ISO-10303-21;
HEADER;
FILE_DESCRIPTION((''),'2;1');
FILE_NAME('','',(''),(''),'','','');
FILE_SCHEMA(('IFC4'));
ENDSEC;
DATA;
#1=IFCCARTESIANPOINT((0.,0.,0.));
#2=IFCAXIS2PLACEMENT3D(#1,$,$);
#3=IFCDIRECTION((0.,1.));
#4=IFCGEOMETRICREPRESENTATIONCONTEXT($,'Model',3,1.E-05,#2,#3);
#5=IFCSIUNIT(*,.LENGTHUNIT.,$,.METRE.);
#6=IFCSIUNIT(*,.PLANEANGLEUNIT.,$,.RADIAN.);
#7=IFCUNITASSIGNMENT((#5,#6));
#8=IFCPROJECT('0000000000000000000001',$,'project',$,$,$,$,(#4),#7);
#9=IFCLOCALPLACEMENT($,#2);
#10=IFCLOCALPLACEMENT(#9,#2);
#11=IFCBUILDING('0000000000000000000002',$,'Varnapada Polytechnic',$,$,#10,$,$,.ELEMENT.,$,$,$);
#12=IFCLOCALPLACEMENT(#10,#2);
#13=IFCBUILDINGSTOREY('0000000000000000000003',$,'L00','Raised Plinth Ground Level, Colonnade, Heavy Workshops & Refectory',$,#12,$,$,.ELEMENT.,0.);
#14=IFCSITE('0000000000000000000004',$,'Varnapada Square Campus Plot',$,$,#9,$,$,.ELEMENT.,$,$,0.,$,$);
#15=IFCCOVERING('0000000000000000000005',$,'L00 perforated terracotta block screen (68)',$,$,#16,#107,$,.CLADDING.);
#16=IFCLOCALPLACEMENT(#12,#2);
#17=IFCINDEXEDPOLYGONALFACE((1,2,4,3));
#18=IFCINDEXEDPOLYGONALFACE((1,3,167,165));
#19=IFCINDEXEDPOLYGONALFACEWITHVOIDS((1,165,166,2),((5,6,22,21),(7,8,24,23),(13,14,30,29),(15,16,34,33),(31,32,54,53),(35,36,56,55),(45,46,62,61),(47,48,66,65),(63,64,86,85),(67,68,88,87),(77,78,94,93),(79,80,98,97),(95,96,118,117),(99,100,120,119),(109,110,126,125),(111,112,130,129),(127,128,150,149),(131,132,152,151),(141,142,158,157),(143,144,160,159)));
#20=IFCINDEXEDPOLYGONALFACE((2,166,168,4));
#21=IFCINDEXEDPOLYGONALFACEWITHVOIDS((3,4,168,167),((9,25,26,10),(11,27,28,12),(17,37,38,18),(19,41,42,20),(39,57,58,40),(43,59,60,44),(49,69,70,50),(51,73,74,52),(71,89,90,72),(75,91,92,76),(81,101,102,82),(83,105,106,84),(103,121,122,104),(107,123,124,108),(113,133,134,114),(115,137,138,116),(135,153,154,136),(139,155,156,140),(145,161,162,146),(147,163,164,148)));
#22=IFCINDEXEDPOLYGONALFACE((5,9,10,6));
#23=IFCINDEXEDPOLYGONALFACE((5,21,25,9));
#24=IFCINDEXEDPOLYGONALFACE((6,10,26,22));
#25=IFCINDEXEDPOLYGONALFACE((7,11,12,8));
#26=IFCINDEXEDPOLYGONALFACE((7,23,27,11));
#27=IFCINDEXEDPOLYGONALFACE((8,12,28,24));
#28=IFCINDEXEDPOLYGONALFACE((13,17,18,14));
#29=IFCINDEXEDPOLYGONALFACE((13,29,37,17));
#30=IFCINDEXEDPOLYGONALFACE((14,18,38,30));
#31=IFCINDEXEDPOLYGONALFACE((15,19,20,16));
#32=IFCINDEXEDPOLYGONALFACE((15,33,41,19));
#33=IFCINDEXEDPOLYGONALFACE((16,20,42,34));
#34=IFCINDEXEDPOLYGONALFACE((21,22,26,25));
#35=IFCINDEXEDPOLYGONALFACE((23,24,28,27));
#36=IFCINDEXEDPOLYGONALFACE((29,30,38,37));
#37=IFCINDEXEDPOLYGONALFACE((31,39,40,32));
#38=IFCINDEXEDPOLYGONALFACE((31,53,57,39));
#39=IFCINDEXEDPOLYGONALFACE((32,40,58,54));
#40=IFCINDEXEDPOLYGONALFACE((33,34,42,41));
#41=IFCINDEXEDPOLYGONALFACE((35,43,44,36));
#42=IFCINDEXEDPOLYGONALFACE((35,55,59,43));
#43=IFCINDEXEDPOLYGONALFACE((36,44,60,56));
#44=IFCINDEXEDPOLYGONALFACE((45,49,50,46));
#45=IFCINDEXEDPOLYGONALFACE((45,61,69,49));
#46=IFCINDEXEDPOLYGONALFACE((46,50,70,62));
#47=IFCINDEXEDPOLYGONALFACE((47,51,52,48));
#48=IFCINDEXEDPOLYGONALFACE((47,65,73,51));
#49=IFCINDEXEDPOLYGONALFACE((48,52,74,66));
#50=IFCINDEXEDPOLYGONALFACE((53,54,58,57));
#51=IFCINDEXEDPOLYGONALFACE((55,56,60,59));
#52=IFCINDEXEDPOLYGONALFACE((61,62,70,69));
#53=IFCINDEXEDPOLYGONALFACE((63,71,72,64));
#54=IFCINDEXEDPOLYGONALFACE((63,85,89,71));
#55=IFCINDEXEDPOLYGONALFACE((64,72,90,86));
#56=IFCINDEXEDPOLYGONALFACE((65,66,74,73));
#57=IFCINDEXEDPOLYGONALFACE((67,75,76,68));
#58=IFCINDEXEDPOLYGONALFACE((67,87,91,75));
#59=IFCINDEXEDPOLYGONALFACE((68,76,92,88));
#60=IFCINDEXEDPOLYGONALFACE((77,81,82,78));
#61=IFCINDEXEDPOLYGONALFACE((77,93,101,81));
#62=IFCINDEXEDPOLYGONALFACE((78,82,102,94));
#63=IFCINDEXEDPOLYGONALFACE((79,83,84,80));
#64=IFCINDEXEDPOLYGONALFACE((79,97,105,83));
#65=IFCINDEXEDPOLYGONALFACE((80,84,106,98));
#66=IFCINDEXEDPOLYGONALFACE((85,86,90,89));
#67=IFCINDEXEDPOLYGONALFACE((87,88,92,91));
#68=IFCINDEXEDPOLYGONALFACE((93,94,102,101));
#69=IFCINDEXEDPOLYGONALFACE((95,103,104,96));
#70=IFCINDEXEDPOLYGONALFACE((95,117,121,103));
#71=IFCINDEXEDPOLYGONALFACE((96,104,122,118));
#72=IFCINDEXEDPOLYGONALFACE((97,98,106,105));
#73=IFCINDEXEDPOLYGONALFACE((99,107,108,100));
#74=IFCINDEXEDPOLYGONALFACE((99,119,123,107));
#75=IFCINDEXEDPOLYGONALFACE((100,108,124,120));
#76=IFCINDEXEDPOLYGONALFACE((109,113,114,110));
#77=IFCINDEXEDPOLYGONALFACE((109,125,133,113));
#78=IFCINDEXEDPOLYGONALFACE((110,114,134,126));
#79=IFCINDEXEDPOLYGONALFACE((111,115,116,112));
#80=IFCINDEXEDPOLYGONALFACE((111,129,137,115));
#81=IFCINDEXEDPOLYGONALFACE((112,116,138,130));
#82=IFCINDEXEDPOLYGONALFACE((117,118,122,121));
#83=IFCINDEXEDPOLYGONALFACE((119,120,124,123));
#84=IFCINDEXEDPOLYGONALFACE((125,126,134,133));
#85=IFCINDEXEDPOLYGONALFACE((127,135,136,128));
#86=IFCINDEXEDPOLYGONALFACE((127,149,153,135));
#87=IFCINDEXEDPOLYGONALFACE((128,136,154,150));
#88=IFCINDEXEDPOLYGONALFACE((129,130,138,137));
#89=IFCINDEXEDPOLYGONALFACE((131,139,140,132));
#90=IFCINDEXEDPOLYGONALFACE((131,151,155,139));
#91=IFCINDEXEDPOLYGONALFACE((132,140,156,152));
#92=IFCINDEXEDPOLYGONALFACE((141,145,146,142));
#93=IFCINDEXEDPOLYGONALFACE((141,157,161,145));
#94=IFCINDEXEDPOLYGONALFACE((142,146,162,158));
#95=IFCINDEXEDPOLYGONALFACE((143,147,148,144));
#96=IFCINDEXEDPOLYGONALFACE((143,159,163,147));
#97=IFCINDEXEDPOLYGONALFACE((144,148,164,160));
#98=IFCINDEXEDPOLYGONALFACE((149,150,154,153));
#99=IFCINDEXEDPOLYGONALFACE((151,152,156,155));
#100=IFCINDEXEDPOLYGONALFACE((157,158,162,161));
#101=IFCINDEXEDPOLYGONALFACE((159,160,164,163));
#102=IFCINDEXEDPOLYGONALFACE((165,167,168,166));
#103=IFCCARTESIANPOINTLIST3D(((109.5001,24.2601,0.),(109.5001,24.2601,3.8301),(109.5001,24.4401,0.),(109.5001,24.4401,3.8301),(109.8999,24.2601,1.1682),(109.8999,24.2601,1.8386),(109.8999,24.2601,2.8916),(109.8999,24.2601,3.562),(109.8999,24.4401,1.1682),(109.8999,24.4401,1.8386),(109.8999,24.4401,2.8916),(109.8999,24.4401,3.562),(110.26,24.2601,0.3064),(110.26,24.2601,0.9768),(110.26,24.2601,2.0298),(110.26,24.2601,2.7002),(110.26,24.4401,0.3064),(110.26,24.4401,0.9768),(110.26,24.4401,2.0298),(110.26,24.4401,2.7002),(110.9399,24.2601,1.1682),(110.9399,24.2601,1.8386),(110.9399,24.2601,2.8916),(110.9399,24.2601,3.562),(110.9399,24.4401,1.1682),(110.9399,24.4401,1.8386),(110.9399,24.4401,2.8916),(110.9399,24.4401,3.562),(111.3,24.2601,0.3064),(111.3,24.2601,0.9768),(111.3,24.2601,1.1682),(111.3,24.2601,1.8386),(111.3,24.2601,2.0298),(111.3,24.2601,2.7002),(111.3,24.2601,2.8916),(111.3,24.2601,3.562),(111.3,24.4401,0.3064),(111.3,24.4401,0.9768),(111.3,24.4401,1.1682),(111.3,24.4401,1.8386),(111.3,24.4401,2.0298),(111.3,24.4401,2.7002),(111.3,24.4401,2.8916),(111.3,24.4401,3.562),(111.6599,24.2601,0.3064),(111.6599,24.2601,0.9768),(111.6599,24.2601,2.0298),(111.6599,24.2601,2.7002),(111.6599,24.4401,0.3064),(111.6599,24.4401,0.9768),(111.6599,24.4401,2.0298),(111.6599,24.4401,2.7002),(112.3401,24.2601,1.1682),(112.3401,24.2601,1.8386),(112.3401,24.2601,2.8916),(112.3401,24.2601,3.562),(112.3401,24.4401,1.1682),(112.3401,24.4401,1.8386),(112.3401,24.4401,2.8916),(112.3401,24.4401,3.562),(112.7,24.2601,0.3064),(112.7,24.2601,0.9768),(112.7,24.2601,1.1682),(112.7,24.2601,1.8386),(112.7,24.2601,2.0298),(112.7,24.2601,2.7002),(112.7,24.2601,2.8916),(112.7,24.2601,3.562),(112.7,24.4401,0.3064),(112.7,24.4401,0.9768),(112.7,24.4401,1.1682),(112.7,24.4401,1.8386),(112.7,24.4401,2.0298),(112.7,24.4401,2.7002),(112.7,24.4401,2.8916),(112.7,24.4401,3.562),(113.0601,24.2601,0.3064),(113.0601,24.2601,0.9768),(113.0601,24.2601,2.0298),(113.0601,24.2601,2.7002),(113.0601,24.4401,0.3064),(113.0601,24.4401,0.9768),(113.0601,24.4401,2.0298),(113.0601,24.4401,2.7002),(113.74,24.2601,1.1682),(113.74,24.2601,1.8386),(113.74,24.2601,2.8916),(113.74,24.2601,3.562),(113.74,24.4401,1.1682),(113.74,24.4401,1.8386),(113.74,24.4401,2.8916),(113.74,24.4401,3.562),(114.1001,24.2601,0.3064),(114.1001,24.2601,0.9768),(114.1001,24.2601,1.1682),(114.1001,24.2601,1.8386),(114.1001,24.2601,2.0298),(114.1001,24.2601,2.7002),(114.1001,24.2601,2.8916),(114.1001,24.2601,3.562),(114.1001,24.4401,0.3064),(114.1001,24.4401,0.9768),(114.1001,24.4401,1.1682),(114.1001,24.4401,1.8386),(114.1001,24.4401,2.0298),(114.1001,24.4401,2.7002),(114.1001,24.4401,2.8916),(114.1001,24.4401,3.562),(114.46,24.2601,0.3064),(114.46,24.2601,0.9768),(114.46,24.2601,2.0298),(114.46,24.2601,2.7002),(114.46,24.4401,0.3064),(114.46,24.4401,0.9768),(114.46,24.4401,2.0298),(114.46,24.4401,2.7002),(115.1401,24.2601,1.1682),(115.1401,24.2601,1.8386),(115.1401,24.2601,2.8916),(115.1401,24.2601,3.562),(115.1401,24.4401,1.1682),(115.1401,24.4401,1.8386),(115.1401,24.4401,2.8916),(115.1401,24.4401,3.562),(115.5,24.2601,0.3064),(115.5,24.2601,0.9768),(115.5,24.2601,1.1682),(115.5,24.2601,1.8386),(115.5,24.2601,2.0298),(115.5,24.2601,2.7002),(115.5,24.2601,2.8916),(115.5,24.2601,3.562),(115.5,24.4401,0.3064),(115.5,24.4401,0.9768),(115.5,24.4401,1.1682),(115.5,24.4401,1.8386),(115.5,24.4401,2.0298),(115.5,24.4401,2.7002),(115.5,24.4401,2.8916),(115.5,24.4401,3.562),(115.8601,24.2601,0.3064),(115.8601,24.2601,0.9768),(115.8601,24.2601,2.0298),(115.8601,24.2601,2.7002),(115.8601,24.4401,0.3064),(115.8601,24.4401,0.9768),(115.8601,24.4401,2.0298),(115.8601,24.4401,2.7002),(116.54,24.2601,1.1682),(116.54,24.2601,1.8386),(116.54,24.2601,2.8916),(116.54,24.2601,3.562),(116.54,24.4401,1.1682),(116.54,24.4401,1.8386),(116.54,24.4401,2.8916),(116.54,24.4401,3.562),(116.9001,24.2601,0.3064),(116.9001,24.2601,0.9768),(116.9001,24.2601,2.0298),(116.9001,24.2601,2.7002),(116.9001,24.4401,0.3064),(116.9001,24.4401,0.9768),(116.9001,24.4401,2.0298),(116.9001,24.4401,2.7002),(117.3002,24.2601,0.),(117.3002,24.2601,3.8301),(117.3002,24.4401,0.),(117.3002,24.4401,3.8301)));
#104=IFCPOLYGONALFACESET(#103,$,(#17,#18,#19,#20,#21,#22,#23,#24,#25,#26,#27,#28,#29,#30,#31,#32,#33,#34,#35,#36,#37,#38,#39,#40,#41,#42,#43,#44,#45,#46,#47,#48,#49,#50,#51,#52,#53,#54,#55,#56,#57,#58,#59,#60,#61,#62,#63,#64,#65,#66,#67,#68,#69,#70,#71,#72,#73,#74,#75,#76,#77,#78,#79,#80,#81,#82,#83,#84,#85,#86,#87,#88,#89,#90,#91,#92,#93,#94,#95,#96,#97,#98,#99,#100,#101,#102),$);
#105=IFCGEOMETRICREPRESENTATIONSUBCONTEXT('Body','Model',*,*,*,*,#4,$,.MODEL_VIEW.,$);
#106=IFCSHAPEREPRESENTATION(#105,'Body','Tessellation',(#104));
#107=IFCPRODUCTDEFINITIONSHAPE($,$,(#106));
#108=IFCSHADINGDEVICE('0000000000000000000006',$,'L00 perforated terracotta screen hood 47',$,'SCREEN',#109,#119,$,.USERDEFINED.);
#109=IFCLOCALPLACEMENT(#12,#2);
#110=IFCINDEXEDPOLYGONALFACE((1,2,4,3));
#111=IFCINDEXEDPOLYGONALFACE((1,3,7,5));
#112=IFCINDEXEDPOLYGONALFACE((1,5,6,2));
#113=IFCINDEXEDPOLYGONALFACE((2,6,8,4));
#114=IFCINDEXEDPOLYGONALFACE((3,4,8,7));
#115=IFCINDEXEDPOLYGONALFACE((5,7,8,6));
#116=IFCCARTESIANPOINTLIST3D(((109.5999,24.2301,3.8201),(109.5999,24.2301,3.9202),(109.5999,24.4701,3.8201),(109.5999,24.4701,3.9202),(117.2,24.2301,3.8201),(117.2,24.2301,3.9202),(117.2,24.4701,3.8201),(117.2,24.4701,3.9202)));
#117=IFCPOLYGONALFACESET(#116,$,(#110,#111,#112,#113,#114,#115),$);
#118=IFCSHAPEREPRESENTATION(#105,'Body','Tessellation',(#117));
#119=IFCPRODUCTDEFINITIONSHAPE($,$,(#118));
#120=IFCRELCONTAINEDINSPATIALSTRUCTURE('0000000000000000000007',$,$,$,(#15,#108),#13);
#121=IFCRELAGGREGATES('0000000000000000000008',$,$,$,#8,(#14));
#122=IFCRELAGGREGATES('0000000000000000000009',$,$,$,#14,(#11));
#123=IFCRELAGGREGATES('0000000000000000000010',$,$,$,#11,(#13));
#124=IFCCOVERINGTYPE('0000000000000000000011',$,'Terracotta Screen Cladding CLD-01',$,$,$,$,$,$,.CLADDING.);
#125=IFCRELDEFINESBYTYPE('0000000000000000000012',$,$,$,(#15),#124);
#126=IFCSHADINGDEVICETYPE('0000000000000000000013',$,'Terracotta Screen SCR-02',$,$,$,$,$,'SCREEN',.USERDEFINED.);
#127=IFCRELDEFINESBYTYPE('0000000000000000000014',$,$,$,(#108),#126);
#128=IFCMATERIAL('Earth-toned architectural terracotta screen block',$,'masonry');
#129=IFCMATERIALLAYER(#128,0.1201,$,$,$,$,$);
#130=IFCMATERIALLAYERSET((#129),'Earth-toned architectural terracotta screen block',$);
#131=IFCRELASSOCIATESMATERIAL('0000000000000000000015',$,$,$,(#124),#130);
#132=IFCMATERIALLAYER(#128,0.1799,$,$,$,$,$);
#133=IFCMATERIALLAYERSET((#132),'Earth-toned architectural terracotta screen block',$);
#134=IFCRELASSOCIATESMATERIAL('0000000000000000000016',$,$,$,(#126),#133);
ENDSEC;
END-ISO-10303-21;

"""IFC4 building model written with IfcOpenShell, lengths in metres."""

from ifc_helpers import new_model, si_unit, direction, frame, frame_2d, origin, origin_2d, place, context, subcontext, project, spatial, rectangle, extrude, material, layer, layer_set, type_object, element, save


model = new_model("IFC4")

# Units and contexts
model_context = context("Model", 3, precision=1e-05, world=origin(), true_north=direction((0.0, 1.0)))
body_context = subcontext(model_context, "Body", "Model", "MODEL_VIEW")
ifc_project = project(units=[si_unit("LENGTHUNIT", "METRE"), si_unit("PLANEANGLEUNIT", "RADIAN")], contexts=[model_context])

# Site, building, storey
site_placement = place(None, origin())
site = spatial("IfcSite", under=ifc_project, at=site_placement, Name="Varnapada Square Campus Plot", CompositionType="ELEMENT", RefElevation=0.0)
building_placement = place(site_placement, origin())
building = spatial("IfcBuilding", under=site, at=building_placement, Name="Varnapada Polytechnic", CompositionType="ELEMENT")
storey_placement = place(building_placement, origin())
storey = spatial("IfcBuildingStorey", under=building, at=storey_placement, Name="L00", Description="Raised Plinth Ground Level, Colonnade, Heavy Workshops & Refectory", CompositionType="ELEMENT", Elevation=0.0)

# Covering, openings
ifc_material_1 = material(Name="Earth-toned architectural terracotta screen block", Category="masonry")
ifc_layer_1 = layer(ifc_material_1, 0.1201)
ifc_layer_set_1 = layer_set([ifc_layer_1], Name="Earth-toned architectural terracotta screen block")
covering_type = type_object("IfcCoveringType", Name="Terracotta Screen Cladding CLD-01", PredefinedType="CLADDING", material=ifc_layer_set_1)
covering_placement = place(storey_placement, frame((117.3, 24.3501, 0.0), z_axis=(0.0, 0.0, 1.0), x_axis=(-1.0, 0.0, 0.0)))
covering = element("IfcCovering", 1, at=covering_placement, inside=storey, type_object=covering_type, Name="L00 perforated terracotta block screen (68)", PredefinedType="CLADDING", context=body_context, shape_type="SweptSolid", body=[
    extrude(rectangle(XDim=7.8, YDim=0.1799, at=frame_2d((3.8999, 0.0))), origin(), (0.0, 0.0, 1.0), 3.8301),
])
opening_1_placement = place(covering_placement, frame((0.3999, 0.0, 0.3064)))
element("IfcOpeningElement", 2, at=opening_1_placement, cuts=covering, PredefinedType="OPENING", context=body_context, shape_type="SweptSolid", body=[
    extrude(rectangle(XDim=1.04, YDim=0.6704, at=frame_2d((0.52, 0.3352))), frame((0.0, 0.0999, 0.0), z_axis=(0.0, -1.0, 0.0), x_axis=(1.0, 0.0, 0.0)), (0.0, 0.0, 1.0), 0.2),
])
opening_2_placement = place(covering_placement, frame((1.8, 0.0, 0.3064)))
element("IfcOpeningElement", 3, at=opening_2_placement, cuts=covering, PredefinedType="OPENING", context=body_context, shape_type="SweptSolid", body=[
    extrude(rectangle(XDim=1.04, YDim=0.6704, at=frame_2d((0.52, 0.3352))), frame((0.0, 0.0999, 0.0), z_axis=(0.0, -1.0, 0.0), x_axis=(1.0, 0.0, 0.0)), (0.0, 0.0, 1.0), 0.2),
])
opening_3_placement = place(covering_placement, frame((3.2, 0.0, 0.3064)))
element("IfcOpeningElement", 4, at=opening_3_placement, cuts=covering, PredefinedType="OPENING", context=body_context, shape_type="SweptSolid", body=[
    extrude(rectangle(XDim=1.04, YDim=0.6704, at=frame_2d((0.52, 0.3352))), frame((0.0, 0.0999, 0.0), z_axis=(0.0, -1.0, 0.0), x_axis=(1.0, 0.0, 0.0)), (0.0, 0.0, 1.0), 0.2),
])
opening_4_placement = place(covering_placement, frame((4.6001, 0.0, 0.3064)))
element("IfcOpeningElement", 5, at=opening_4_placement, cuts=covering, PredefinedType="OPENING", context=body_context, shape_type="SweptSolid", body=[
    extrude(rectangle(XDim=1.04, YDim=0.6704, at=frame_2d((0.52, 0.3352))), frame((0.0, 0.0999, 0.0), z_axis=(0.0, -1.0, 0.0), x_axis=(1.0, 0.0, 0.0)), (0.0, 0.0, 1.0), 0.2),
])
opening_5_placement = place(covering_placement, frame((6.0, 0.0, 0.3064)))
element("IfcOpeningElement", 6, at=opening_5_placement, cuts=covering, PredefinedType="OPENING", context=body_context, shape_type="SweptSolid", body=[
    extrude(rectangle(XDim=1.04, YDim=0.6704, at=frame_2d((0.52, 0.3352))), frame((0.0, 0.0999, 0.0), z_axis=(0.0, -1.0, 0.0), x_axis=(1.0, 0.0, 0.0)), (0.0, 0.0, 1.0), 0.2),
])
opening_6_placement = place(covering_placement, frame((0.76, 0.0, 1.1682)))
element("IfcOpeningElement", 7, at=opening_6_placement, cuts=covering, PredefinedType="OPENING", context=body_context, shape_type="SweptSolid", body=[
    extrude(rectangle(XDim=1.04, YDim=0.6704, at=frame_2d((0.52, 0.3352))), frame((0.0, 0.0999, 0.0), z_axis=(0.0, -1.0, 0.0), x_axis=(1.0, 0.0, 0.0)), (0.0, 0.0, 1.0), 0.2),
])
opening_7_placement = place(covering_placement, frame((2.1599, 0.0, 1.1682)))
element("IfcOpeningElement", 8, at=opening_7_placement, cuts=covering, PredefinedType="OPENING", context=body_context, shape_type="SweptSolid", body=[
    extrude(rectangle(XDim=1.04, YDim=0.6704, at=frame_2d((0.52, 0.3352))), frame((0.0, 0.0999, 0.0), z_axis=(0.0, -1.0, 0.0), x_axis=(1.0, 0.0, 0.0)), (0.0, 0.0, 1.0), 0.2),
])
opening_8_placement = place(covering_placement, frame((3.5601, 0.0, 1.1682)))
element("IfcOpeningElement", 9, at=opening_8_placement, cuts=covering, PredefinedType="OPENING", context=body_context, shape_type="SweptSolid", body=[
    extrude(rectangle(XDim=1.04, YDim=0.6704, at=frame_2d((0.52, 0.3352))), frame((0.0, 0.0999, 0.0), z_axis=(0.0, -1.0, 0.0), x_axis=(1.0, 0.0, 0.0)), (0.0, 0.0, 1.0), 0.2),
])
opening_9_placement = place(covering_placement, frame((4.96, 0.0, 1.1682)))
element("IfcOpeningElement", 10, at=opening_9_placement, cuts=covering, PredefinedType="OPENING", context=body_context, shape_type="SweptSolid", body=[
    extrude(rectangle(XDim=1.04, YDim=0.6704, at=frame_2d((0.52, 0.3352))), frame((0.0, 0.0999, 0.0), z_axis=(0.0, -1.0, 0.0), x_axis=(1.0, 0.0, 0.0)), (0.0, 0.0, 1.0), 0.2),
])
opening_10_placement = place(covering_placement, frame((6.3601, 0.0, 1.1682)))
element("IfcOpeningElement", 11, at=opening_10_placement, cuts=covering, PredefinedType="OPENING", context=body_context, shape_type="SweptSolid", body=[
    extrude(rectangle(XDim=1.04, YDim=0.6704, at=frame_2d((0.52, 0.3352))), frame((0.0, 0.0999, 0.0), z_axis=(0.0, -1.0, 0.0), x_axis=(1.0, 0.0, 0.0)), (0.0, 0.0, 1.0), 0.2),
])
opening_11_placement = place(covering_placement, frame((0.3999, 0.0, 2.0298)))
element("IfcOpeningElement", 12, at=opening_11_placement, cuts=covering, PredefinedType="OPENING", context=body_context, shape_type="SweptSolid", body=[
    extrude(rectangle(XDim=1.04, YDim=0.6704, at=frame_2d((0.52, 0.3352))), frame((0.0, 0.0999, 0.0), z_axis=(0.0, -1.0, 0.0), x_axis=(1.0, 0.0, 0.0)), (0.0, 0.0, 1.0), 0.2),
])
opening_12_placement = place(covering_placement, frame((1.8, 0.0, 2.0298)))
element("IfcOpeningElement", 13, at=opening_12_placement, cuts=covering, PredefinedType="OPENING", context=body_context, shape_type="SweptSolid", body=[
    extrude(rectangle(XDim=1.04, YDim=0.6704, at=frame_2d((0.52, 0.3352))), frame((0.0, 0.0999, 0.0), z_axis=(0.0, -1.0, 0.0), x_axis=(1.0, 0.0, 0.0)), (0.0, 0.0, 1.0), 0.2),
])
opening_13_placement = place(covering_placement, frame((3.2, 0.0, 2.0298)))
element("IfcOpeningElement", 14, at=opening_13_placement, cuts=covering, PredefinedType="OPENING", context=body_context, shape_type="SweptSolid", body=[
    extrude(rectangle(XDim=1.04, YDim=0.6704, at=frame_2d((0.52, 0.3352))), frame((0.0, 0.0999, 0.0), z_axis=(0.0, -1.0, 0.0), x_axis=(1.0, 0.0, 0.0)), (0.0, 0.0, 1.0), 0.2),
])
opening_14_placement = place(covering_placement, frame((4.6001, 0.0, 2.0298)))
element("IfcOpeningElement", 15, at=opening_14_placement, cuts=covering, PredefinedType="OPENING", context=body_context, shape_type="SweptSolid", body=[
    extrude(rectangle(XDim=1.04, YDim=0.6704, at=frame_2d((0.52, 0.3352))), frame((0.0, 0.0999, 0.0), z_axis=(0.0, -1.0, 0.0), x_axis=(1.0, 0.0, 0.0)), (0.0, 0.0, 1.0), 0.2),
])
opening_15_placement = place(covering_placement, frame((6.0, 0.0, 2.0298)))
element("IfcOpeningElement", 16, at=opening_15_placement, cuts=covering, PredefinedType="OPENING", context=body_context, shape_type="SweptSolid", body=[
    extrude(rectangle(XDim=1.04, YDim=0.6704, at=frame_2d((0.52, 0.3352))), frame((0.0, 0.0999, 0.0), z_axis=(0.0, -1.0, 0.0), x_axis=(1.0, 0.0, 0.0)), (0.0, 0.0, 1.0), 0.2),
])
opening_16_placement = place(covering_placement, frame((0.76, 0.0, 2.8916)))
element("IfcOpeningElement", 17, at=opening_16_placement, cuts=covering, PredefinedType="OPENING", context=body_context, shape_type="SweptSolid", body=[
    extrude(rectangle(XDim=1.04, YDim=0.6704, at=frame_2d((0.52, 0.3352))), frame((0.0, 0.0999, 0.0), z_axis=(0.0, -1.0, 0.0), x_axis=(1.0, 0.0, 0.0)), (0.0, 0.0, 1.0), 0.2),
])
opening_17_placement = place(covering_placement, frame((2.1599, 0.0, 2.8916)))
element("IfcOpeningElement", 18, at=opening_17_placement, cuts=covering, PredefinedType="OPENING", context=body_context, shape_type="SweptSolid", body=[
    extrude(rectangle(XDim=1.04, YDim=0.6704, at=frame_2d((0.52, 0.3352))), frame((0.0, 0.0999, 0.0), z_axis=(0.0, -1.0, 0.0), x_axis=(1.0, 0.0, 0.0)), (0.0, 0.0, 1.0), 0.2),
])
opening_18_placement = place(covering_placement, frame((3.5601, 0.0, 2.8916)))
element("IfcOpeningElement", 19, at=opening_18_placement, cuts=covering, PredefinedType="OPENING", context=body_context, shape_type="SweptSolid", body=[
    extrude(rectangle(XDim=1.04, YDim=0.6704, at=frame_2d((0.52, 0.3352))), frame((0.0, 0.0999, 0.0), z_axis=(0.0, -1.0, 0.0), x_axis=(1.0, 0.0, 0.0)), (0.0, 0.0, 1.0), 0.2),
])
opening_19_placement = place(covering_placement, frame((4.96, 0.0, 2.8916)))
element("IfcOpeningElement", 20, at=opening_19_placement, cuts=covering, PredefinedType="OPENING", context=body_context, shape_type="SweptSolid", body=[
    extrude(rectangle(XDim=1.04, YDim=0.6704, at=frame_2d((0.52, 0.3352))), frame((0.0, 0.0999, 0.0), z_axis=(0.0, -1.0, 0.0), x_axis=(1.0, 0.0, 0.0)), (0.0, 0.0, 1.0), 0.2),
])
opening_20_placement = place(covering_placement, frame((6.3601, 0.0, 2.8916)))
element("IfcOpeningElement", 21, at=opening_20_placement, cuts=covering, PredefinedType="OPENING", context=body_context, shape_type="SweptSolid", body=[
    extrude(rectangle(XDim=1.04, YDim=0.6704, at=frame_2d((0.52, 0.3352))), frame((0.0, 0.0999, 0.0), z_axis=(0.0, -1.0, 0.0), x_axis=(1.0, 0.0, 0.0)), (0.0, 0.0, 1.0), 0.2),
])

# Shading device
ifc_layer_2 = layer(ifc_material_1, 0.1799)
ifc_layer_set_2 = layer_set([ifc_layer_2], Name="Earth-toned architectural terracotta screen block")
shading_device_type = type_object("IfcShadingDeviceType", Name="Terracotta Screen SCR-02", ElementType="SCREEN", PredefinedType="USERDEFINED", material=ifc_layer_set_2)
shading_device_placement = place(storey_placement, frame((113.3999, 24.3501, 3.8201), z_axis=(0.0, 0.0, 1.0), x_axis=(-1.0, 0.0, 0.0)))
element("IfcShadingDevice", 22, at=shading_device_placement, inside=storey, type_object=shading_device_type, Name="L00 perforated terracotta screen hood 47", ObjectType="SCREEN", PredefinedType="USERDEFINED", context=body_context, shape_type="SweptSolid", body=[
    extrude(rectangle(XDim=7.6001, YDim=0.24, at=origin_2d()), origin(), (0.0, 0.0, 1.0), 0.1001),
])

save(model, "model.ifc")
